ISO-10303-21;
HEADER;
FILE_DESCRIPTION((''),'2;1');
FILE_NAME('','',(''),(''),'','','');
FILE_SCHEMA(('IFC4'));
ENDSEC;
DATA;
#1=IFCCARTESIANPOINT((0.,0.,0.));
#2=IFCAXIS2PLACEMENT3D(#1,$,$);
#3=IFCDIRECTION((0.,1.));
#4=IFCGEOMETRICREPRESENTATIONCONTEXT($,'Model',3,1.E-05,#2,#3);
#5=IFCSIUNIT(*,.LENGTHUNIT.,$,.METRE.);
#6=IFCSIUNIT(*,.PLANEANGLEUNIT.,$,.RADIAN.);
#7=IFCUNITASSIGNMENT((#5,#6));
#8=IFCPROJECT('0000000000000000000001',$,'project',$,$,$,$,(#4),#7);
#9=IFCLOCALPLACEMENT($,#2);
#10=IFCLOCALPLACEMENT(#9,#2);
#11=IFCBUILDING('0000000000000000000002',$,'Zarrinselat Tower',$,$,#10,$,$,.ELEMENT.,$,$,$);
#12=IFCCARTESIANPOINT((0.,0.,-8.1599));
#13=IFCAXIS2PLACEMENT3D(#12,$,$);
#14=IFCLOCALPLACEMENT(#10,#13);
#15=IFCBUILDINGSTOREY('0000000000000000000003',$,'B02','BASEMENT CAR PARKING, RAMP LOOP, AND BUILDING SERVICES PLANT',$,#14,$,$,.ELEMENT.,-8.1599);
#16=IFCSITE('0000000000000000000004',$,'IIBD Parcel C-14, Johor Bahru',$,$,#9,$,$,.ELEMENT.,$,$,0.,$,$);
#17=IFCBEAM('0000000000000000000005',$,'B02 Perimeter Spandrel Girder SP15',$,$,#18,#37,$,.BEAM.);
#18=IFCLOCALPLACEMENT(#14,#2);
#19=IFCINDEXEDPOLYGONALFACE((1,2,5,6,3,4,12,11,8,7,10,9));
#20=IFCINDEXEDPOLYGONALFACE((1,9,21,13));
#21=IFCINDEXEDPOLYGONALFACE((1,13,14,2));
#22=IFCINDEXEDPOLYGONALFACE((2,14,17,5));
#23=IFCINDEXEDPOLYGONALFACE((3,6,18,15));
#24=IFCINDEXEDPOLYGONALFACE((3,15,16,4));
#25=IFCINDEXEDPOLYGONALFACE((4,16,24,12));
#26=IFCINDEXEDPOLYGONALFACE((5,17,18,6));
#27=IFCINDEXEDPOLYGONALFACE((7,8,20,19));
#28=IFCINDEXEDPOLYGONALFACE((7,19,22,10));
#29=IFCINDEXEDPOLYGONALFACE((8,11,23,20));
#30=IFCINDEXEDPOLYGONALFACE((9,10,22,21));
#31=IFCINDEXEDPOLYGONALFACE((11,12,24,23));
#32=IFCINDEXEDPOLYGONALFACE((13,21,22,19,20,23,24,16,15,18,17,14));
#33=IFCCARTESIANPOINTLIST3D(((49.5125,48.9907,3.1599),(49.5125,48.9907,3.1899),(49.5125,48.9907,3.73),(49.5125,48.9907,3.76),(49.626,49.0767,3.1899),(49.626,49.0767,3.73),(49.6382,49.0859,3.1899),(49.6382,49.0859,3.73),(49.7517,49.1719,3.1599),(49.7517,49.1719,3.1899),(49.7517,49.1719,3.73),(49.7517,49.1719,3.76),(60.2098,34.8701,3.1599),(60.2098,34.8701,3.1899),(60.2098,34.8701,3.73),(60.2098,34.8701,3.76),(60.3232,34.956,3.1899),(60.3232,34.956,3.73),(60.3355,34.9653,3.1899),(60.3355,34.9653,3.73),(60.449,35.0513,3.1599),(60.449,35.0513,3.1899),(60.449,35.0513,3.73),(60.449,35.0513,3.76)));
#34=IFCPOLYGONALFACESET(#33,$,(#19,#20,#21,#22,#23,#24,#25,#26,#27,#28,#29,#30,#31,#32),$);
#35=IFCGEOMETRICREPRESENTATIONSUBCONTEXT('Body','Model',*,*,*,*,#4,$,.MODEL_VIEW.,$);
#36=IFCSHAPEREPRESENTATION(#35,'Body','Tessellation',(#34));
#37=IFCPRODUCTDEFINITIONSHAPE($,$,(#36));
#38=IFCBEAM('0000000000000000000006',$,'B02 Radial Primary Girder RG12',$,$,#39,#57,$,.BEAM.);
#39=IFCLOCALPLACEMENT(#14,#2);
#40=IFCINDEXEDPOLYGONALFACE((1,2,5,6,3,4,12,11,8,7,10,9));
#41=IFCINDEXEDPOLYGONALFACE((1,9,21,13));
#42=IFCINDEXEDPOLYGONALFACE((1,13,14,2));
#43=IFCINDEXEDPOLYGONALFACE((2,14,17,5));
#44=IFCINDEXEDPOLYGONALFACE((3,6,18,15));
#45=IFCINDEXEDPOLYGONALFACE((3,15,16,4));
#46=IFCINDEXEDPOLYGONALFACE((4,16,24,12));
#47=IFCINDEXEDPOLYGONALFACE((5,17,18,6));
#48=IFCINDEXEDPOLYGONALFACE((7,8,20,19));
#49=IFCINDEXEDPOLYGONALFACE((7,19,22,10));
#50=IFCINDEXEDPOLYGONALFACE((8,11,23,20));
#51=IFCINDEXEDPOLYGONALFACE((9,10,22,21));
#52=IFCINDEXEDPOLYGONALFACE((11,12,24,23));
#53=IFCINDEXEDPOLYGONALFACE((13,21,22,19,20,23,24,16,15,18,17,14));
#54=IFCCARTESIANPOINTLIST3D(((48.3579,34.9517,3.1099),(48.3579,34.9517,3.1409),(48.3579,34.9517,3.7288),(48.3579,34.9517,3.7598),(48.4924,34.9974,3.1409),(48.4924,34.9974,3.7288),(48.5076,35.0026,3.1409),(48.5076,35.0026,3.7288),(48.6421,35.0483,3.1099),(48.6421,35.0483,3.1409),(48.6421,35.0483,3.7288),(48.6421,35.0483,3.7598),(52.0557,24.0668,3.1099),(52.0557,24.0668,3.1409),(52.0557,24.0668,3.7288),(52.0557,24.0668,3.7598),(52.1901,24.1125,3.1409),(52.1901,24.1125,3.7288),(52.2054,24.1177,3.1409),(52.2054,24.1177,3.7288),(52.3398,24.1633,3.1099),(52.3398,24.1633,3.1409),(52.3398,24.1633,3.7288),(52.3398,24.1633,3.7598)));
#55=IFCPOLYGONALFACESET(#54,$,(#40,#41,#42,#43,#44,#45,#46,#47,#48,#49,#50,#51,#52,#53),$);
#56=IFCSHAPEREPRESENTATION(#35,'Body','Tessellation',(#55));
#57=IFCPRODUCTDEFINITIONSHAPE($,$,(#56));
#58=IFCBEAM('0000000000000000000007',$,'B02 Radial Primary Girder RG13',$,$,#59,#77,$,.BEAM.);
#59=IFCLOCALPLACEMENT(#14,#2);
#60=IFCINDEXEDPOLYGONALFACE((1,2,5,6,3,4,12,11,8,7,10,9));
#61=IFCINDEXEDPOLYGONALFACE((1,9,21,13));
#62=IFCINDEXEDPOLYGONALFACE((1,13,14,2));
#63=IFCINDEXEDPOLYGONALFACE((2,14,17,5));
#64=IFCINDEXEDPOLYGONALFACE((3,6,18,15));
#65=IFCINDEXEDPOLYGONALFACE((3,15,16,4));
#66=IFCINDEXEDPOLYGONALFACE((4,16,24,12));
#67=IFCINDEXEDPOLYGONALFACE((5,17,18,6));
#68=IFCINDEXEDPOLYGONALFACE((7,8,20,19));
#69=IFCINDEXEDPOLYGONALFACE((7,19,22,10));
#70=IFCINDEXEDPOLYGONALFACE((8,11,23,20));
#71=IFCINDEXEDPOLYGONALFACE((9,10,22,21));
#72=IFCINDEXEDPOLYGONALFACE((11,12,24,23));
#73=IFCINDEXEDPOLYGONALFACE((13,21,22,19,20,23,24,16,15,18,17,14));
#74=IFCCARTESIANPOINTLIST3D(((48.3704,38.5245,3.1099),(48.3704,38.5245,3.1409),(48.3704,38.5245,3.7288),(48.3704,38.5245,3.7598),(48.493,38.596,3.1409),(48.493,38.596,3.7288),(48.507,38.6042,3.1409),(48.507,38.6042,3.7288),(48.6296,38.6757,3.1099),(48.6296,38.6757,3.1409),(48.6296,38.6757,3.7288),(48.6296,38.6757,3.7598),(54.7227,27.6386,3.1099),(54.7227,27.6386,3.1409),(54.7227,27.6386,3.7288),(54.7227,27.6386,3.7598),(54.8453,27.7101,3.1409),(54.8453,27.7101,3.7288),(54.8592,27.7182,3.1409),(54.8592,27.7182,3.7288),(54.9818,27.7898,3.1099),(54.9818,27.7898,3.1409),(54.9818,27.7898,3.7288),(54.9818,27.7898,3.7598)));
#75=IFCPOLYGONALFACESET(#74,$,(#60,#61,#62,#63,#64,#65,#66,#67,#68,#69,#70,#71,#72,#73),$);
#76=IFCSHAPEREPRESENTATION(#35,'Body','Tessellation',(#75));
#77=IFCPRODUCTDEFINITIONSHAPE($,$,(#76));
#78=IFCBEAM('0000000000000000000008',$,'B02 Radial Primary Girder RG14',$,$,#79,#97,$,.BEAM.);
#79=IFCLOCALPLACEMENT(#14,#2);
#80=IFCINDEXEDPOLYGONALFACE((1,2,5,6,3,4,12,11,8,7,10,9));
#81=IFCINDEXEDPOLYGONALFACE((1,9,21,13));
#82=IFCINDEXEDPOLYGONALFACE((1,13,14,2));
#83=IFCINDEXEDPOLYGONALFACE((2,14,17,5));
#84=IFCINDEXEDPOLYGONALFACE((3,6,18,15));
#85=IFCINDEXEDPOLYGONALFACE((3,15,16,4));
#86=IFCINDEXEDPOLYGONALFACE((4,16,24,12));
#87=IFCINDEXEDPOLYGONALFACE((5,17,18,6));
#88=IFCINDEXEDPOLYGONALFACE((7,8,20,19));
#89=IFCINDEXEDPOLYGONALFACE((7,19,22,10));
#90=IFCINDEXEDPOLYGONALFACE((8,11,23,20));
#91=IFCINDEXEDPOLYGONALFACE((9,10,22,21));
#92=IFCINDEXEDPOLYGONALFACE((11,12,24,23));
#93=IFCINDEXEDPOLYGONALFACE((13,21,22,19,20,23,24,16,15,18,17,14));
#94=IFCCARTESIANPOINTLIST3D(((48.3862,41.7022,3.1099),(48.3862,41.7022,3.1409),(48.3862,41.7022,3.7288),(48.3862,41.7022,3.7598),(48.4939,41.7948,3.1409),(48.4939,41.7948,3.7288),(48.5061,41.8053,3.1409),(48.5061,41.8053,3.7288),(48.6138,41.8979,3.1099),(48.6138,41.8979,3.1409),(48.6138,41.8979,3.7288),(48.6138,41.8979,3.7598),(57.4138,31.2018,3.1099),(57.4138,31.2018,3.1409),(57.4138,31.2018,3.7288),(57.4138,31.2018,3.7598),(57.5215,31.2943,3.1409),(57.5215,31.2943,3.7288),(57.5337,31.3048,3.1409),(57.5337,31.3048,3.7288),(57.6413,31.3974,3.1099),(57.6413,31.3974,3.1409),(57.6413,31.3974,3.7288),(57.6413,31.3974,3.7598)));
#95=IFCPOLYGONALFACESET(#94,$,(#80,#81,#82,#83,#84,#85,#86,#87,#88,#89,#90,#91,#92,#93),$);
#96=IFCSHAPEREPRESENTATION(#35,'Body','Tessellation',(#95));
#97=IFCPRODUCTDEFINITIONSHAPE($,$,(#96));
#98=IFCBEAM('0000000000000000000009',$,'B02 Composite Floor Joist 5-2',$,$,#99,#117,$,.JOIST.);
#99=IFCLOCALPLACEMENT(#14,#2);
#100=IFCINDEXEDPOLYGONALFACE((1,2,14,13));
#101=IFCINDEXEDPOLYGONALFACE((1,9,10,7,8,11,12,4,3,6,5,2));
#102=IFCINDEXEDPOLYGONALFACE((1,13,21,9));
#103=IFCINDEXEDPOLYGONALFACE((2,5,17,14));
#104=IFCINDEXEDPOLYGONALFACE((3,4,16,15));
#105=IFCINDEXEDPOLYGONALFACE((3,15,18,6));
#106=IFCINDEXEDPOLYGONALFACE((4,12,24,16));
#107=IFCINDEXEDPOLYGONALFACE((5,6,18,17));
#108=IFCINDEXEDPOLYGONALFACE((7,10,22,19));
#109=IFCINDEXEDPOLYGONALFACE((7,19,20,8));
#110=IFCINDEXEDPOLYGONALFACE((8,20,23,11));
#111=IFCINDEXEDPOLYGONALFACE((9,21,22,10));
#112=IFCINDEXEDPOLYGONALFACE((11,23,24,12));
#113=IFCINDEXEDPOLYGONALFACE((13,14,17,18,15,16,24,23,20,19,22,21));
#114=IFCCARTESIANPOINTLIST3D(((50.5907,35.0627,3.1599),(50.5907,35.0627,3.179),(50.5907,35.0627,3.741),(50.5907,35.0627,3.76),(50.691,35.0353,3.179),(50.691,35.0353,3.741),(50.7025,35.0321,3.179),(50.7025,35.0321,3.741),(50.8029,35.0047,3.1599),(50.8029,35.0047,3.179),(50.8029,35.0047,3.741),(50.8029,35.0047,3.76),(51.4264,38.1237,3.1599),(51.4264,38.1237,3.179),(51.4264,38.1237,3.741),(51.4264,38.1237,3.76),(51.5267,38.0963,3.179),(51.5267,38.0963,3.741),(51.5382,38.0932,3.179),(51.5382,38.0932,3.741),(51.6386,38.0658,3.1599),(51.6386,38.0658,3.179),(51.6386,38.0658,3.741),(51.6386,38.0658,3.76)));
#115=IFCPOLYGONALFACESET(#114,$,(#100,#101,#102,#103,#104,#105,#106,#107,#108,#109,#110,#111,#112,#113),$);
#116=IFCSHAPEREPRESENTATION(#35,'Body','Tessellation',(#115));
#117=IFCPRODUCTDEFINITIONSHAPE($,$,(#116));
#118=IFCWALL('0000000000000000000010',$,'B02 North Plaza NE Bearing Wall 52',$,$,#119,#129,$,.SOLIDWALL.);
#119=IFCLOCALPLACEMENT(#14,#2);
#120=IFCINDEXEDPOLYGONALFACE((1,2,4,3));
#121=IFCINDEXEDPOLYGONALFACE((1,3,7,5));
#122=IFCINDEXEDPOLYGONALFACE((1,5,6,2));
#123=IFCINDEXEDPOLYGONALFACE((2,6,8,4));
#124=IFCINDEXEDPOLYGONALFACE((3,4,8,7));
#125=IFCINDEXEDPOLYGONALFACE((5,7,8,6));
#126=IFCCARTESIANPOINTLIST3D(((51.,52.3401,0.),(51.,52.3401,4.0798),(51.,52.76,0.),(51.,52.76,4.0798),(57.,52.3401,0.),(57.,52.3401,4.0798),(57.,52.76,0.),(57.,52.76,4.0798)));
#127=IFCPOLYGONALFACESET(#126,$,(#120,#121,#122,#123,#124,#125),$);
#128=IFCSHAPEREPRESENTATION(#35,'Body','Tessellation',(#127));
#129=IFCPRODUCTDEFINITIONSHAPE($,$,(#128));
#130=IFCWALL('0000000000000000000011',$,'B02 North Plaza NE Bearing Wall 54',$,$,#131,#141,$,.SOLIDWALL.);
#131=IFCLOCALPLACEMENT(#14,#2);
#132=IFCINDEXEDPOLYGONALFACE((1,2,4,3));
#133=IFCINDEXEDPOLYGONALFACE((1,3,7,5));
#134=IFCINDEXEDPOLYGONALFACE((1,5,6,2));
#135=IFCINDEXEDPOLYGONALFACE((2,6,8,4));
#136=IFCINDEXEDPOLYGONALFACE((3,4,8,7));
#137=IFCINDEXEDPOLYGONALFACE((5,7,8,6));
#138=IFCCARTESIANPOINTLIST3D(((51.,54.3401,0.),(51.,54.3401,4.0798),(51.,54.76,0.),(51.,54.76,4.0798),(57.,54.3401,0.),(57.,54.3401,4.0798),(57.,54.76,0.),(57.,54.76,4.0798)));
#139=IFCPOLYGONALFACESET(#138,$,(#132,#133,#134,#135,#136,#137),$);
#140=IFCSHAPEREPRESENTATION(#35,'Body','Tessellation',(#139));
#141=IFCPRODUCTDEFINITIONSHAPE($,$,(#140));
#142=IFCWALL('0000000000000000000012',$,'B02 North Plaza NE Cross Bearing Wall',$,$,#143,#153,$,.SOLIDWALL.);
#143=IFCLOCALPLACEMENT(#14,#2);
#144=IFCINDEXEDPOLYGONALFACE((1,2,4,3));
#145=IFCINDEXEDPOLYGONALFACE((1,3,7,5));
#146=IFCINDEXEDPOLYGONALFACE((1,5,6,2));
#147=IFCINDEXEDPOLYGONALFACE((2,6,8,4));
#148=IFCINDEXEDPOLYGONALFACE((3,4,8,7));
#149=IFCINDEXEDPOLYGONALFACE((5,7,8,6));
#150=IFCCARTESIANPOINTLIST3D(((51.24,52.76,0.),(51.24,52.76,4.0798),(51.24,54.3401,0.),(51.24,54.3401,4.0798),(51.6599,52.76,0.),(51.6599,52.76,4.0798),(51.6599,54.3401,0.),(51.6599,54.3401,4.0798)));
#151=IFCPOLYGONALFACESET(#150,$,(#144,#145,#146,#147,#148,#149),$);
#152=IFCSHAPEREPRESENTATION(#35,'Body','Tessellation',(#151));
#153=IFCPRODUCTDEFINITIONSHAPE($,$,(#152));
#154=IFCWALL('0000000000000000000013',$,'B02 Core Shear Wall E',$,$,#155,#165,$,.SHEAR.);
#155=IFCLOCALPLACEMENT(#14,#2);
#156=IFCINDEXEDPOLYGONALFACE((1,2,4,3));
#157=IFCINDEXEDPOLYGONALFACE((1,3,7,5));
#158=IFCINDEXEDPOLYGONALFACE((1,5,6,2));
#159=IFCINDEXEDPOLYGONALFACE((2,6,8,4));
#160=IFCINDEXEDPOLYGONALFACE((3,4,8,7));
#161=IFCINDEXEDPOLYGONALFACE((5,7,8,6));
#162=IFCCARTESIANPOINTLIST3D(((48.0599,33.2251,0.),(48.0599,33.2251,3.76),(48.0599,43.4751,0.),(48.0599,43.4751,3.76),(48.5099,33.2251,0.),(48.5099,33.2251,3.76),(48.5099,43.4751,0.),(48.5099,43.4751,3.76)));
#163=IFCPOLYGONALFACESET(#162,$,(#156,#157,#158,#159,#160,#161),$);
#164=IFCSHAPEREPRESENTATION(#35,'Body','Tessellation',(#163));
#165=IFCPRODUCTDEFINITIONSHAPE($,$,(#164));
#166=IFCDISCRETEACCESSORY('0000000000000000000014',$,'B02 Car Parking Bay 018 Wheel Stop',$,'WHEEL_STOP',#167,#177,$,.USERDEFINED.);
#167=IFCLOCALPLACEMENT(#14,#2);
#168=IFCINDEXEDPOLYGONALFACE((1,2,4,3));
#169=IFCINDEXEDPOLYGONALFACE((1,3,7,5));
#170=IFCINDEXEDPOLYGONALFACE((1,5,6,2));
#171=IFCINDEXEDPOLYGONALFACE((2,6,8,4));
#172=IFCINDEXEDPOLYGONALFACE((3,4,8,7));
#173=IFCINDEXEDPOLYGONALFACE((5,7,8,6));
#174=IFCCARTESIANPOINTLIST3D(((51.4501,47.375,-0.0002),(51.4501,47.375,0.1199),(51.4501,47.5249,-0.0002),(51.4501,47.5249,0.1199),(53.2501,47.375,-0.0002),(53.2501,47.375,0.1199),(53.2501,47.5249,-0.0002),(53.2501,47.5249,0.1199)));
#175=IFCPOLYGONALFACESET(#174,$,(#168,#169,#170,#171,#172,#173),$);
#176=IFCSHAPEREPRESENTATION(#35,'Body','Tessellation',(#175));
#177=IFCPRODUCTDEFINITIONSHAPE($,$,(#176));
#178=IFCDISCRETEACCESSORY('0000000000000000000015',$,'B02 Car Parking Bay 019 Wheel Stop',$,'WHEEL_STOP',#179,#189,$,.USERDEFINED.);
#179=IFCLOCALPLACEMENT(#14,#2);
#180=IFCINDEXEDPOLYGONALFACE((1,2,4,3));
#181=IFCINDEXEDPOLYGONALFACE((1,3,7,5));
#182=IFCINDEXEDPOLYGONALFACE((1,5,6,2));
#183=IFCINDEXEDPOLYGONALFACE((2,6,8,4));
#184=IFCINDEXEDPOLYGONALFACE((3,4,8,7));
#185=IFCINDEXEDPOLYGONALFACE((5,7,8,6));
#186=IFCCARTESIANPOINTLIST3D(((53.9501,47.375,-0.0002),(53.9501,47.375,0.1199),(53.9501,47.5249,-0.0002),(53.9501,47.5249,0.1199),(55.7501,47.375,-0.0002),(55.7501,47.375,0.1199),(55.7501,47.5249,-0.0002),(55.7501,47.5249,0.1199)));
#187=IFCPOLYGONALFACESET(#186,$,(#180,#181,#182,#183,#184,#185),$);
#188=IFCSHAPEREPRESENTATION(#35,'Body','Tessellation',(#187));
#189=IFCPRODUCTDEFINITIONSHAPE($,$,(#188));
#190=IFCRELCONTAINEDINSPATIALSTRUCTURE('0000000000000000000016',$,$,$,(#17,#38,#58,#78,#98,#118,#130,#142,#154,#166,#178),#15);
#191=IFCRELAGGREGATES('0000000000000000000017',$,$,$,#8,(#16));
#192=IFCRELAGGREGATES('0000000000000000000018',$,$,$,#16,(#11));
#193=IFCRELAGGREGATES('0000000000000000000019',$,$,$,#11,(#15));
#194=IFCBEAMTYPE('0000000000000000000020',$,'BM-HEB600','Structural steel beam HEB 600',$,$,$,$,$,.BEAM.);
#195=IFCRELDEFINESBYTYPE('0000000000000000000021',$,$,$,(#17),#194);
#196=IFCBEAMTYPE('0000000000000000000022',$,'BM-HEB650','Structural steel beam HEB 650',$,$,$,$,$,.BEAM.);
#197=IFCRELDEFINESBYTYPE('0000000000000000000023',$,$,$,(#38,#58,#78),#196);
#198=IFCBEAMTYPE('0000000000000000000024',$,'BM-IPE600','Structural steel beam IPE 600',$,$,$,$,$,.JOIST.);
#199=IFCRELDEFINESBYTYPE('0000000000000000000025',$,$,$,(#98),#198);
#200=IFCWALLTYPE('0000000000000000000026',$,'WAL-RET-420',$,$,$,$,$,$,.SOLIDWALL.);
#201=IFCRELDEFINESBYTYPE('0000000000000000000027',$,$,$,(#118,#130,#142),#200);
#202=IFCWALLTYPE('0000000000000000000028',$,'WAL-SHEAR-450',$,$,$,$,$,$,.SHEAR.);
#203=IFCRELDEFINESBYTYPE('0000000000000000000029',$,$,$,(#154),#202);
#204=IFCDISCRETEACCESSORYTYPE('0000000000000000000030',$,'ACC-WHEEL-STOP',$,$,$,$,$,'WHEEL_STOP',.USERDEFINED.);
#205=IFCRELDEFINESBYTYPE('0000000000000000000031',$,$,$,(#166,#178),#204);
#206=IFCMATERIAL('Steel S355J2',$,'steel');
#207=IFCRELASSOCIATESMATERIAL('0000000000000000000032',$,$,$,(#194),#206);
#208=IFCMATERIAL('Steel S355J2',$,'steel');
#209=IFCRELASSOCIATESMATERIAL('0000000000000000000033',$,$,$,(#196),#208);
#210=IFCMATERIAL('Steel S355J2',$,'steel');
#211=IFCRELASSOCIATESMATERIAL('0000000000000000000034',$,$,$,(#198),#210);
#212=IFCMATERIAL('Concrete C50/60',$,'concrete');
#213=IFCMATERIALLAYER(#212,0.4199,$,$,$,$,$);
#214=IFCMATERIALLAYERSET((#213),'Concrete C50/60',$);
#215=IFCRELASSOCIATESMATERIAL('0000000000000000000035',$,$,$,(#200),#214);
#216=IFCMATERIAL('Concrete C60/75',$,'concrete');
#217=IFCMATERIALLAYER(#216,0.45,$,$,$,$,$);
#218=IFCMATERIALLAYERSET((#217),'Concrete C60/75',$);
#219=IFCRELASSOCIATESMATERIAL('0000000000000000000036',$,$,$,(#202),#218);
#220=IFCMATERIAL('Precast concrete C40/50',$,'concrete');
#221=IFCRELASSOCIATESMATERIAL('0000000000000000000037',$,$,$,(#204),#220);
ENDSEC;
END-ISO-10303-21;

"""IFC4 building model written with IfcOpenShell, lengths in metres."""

from ifc_helpers import new_model, si_unit, direction, frame, frame_2d, origin, origin_2d, place, context, subcontext, project, spatial, rectangle, i_section, extrude, material, layer, layer_set, material_profile, profile_set, type_object, element, save


model = new_model("IFC4")

# Units and contexts
model_context = context("Model", 3, precision=1e-05, world=origin(), true_north=direction((0.0, 1.0)))
body_context = subcontext(model_context, "Body", "Model", "MODEL_VIEW")
ifc_project = project(units=[si_unit("LENGTHUNIT", "METRE"), si_unit("PLANEANGLEUNIT", "RADIAN")], contexts=[model_context])

# Site, building, storey
site_placement = place(None, origin())
site = spatial("IfcSite", under=ifc_project, at=site_placement, Name="IIBD Parcel C-14, Johor Bahru", CompositionType="ELEMENT", RefElevation=0.0)
building_placement = place(site_placement, origin())
building = spatial("IfcBuilding", under=site, at=building_placement, Name="Zarrinselat Tower", CompositionType="ELEMENT")
storey_placement = place(building_placement, frame((0.0, 0.0, -8.1599)))
storey = spatial("IfcBuildingStorey", under=building, at=storey_placement, Name="B02", Description="BASEMENT CAR PARKING, RAMP LOOP, AND BUILDING SERVICES PLANT", CompositionType="ELEMENT", Elevation=-8.1599)

# Beams
ifc_material_1 = material(Name="Steel S355J2", Category="steel")
ifc_material_profile_1 = material_profile(ifc_material_1, i_section(OverallWidth=0.3, OverallDepth=0.6001, WebThickness=0.0154, FlangeThickness=0.03, at=origin_2d()), Name="HEB 600")
ifc_profile_set_1 = profile_set([ifc_material_profile_1], Name="Steel S355J2")
beam_type_1 = type_object("IfcBeamType", Name="BM-HEB600", Description="Structural steel beam HEB 600", PredefinedType="BEAM", material=ifc_profile_set_1)
beam_1_placement = place(storey_placement, frame((49.6321, 49.0813, 3.46), z_axis=(0.603852, -0.797097, 0.0), x_axis=(0.797097, 0.603852, 0.0)))
element("IfcBeam", 1, at=beam_1_placement, inside=storey, type_object=beam_type_1, Name="B02 Perimeter Spandrel Girder SP15", PredefinedType="BEAM", context=body_context, shape_type="SweptSolid", body=[
    extrude(i_section(OverallWidth=0.3, OverallDepth=0.6001, WebThickness=0.0154, FlangeThickness=0.03, at=origin_2d()), origin(), (0.0, 0.0, 1.0), 17.7151),
])
ifc_material_2 = material(Name="Steel S355J2", Category="steel")
ifc_material_profile_2 = material_profile(ifc_material_2, i_section(OverallWidth=0.3, OverallDepth=0.6499, WebThickness=0.0161, FlangeThickness=0.031, at=origin_2d()), Name="HEB 650")
ifc_profile_set_2 = profile_set([ifc_material_profile_2], Name="Steel S355J2")
beam_type_2 = type_object("IfcBeamType", Name="BM-HEB650", Description="Structural steel beam HEB 650", PredefinedType="BEAM", material=ifc_profile_set_2)
beam_2_placement = place(storey_placement, frame((48.5, 35.0, 3.4348), z_axis=(0.321657, -0.946856, 0.0), x_axis=(0.946856, 0.321657, 0.0)))
element("IfcBeam", 2, at=beam_2_placement, inside=storey, type_object=beam_type_2, Name="B02 Radial Primary Girder RG12", PredefinedType="BEAM", context=body_context, shape_type="SweptSolid", body=[
    extrude(i_section(OverallWidth=0.3, OverallDepth=0.6499, WebThickness=0.0161, FlangeThickness=0.031, at=origin_2d()), origin(), (0.0, 0.0, 1.0), 11.4958),
])
beam_3_placement = place(storey_placement, frame((48.5, 38.6001, 3.4348), z_axis=(0.503997, -0.863705, 0.0), x_axis=(0.863705, 0.503997, 0.0)))
element("IfcBeam", 3, at=beam_3_placement, inside=storey, type_object=beam_type_2, Name="B02 Radial Primary Girder RG13", PredefinedType="BEAM", context=body_context, shape_type="SweptSolid", body=[
    extrude(i_section(OverallWidth=0.3, OverallDepth=0.6499, WebThickness=0.0161, FlangeThickness=0.031, at=origin_2d()), origin(), (0.0, 0.0, 1.0), 12.6038),
])
beam_4_placement = place(storey_placement, frame((48.5, 41.8, 3.4348), z_axis=(0.651922, -0.758286, 0.0), x_axis=(0.758286, 0.651922, 0.0)))
element("IfcBeam", 4, at=beam_4_placement, inside=storey, type_object=beam_type_2, Name="B02 Radial Primary Girder RG14", PredefinedType="BEAM", context=body_context, shape_type="SweptSolid", body=[
    extrude(i_section(OverallWidth=0.3, OverallDepth=0.6499, WebThickness=0.0161, FlangeThickness=0.031, at=origin_2d()), origin(), (0.0, 0.0, 1.0), 13.8477),
])
ifc_material_3 = material(Name="Steel S355J2", Category="steel")
ifc_material_profile_3 = material_profile(ifc_material_3, i_section(OverallWidth=0.22, OverallDepth=0.6001, WebThickness=0.012, FlangeThickness=0.019, at=origin_2d()), Name="IPE 600")
ifc_profile_set_3 = profile_set([ifc_material_profile_3], Name="Steel S355J2")
beam_type_3 = type_object("IfcBeamType", Name="BM-IPE600", Description="Structural steel beam IPE 600", PredefinedType="JOIST", material=ifc_profile_set_3)
beam_5_placement = place(storey_placement, frame((50.6968, 35.0337, 3.46), z_axis=(0.263371, 0.964695, 0.0), x_axis=(-0.964695, 0.263371, 0.0)))
element("IfcBeam", 5, at=beam_5_placement, inside=storey, type_object=beam_type_3, Name="B02 Composite Floor Joist 5-2", PredefinedType="JOIST", context=body_context, shape_type="SweptSolid", body=[
    extrude(i_section(OverallWidth=0.22, OverallDepth=0.6001, WebThickness=0.012, FlangeThickness=0.019, at=origin_2d()), origin(), (0.0, 0.0, 1.0), 3.1731),
])

# Walls
ifc_material_4 = material(Name="Concrete C50/60", Category="concrete")
ifc_layer_1 = layer(ifc_material_4, 0.4199)
ifc_layer_set_1 = layer_set([ifc_layer_1], Name="Concrete C50/60")
wall_type_1 = type_object("IfcWallType", Name="WAL-RET-420", PredefinedType="SOLIDWALL", material=ifc_layer_set_1)
for number, where, z_axis, x_axis, name in (
    (6, (51.0, 52.55, 0.0), (0.0, 0.0, 1.0), (1.0, 0.0, 0.0), "B02 North Plaza NE Bearing Wall 52"),
    (7, (51.0, 54.55, 0.0), (0.0, 0.0, 1.0), (1.0, 0.0, 0.0), "B02 North Plaza NE Bearing Wall 54"),
):
    element("IfcWall", number, at=place(storey_placement, frame(where, z_axis=z_axis, x_axis=x_axis)), inside=storey, type_object=wall_type_1, Name=name, PredefinedType="SOLIDWALL", context=body_context, shape_type="SweptSolid", body=[
        extrude(rectangle(XDim=6.0, YDim=0.4199, at=frame_2d((3.0, 0.0))), origin(), (0.0, 0.0, 1.0), 4.0798),
    ])
wall_1_placement = place(storey_placement, frame((51.45, 52.76, 0.0), z_axis=(0.0, 0.0, 1.0), x_axis=(0.0, 1.0, 0.0)))
element("IfcWall", 8, at=wall_1_placement, inside=storey, type_object=wall_type_1, Name="B02 North Plaza NE Cross Bearing Wall", PredefinedType="SOLIDWALL", context=body_context, shape_type="SweptSolid", body=[
    extrude(rectangle(XDim=1.5801, YDim=0.4199, at=frame_2d((0.79, 0.0))), origin(), (0.0, 0.0, 1.0), 4.0798),
])
ifc_material_5 = material(Name="Concrete C60/75", Category="concrete")
ifc_layer_2 = layer(ifc_material_5, 0.45)
ifc_layer_set_2 = layer_set([ifc_layer_2], Name="Concrete C60/75")
wall_type_2 = type_object("IfcWallType", Name="WAL-SHEAR-450", PredefinedType="SHEAR", material=ifc_layer_set_2)
wall_2_placement = place(storey_placement, frame((48.2849, 33.2251, 0.0), z_axis=(0.0, 0.0, 1.0), x_axis=(0.0, 1.0, 0.0)))
element("IfcWall", 9, at=wall_2_placement, inside=storey, type_object=wall_type_2, Name="B02 Core Shear Wall E", PredefinedType="SHEAR", context=body_context, shape_type="SweptSolid", body=[
    extrude(rectangle(XDim=10.25, YDim=0.45, at=frame_2d((5.125, 0.0))), origin(), (0.0, 0.0, 1.0), 3.76),
])

# Discrete accessories
ifc_material_6 = material(Name="Precast concrete C40/50", Category="concrete")
discrete_accessory_type = type_object("IfcDiscreteAccessoryType", Name="ACC-WHEEL-STOP", ElementType="WHEEL_STOP", PredefinedType="USERDEFINED", material=ifc_material_6)
for number, where, z_axis, x_axis, name in (
    (10, (52.3501, 47.45, -0.0002), (0.0, 0.0, 1.0), (1.0, 0.0, 0.0), "B02 Car Parking Bay 018 Wheel Stop"),
    (11, (54.8501, 47.45, -0.0002), (0.0, 0.0, 1.0), (1.0, 0.0, 0.0), "B02 Car Parking Bay 019 Wheel Stop"),
):
    element("IfcDiscreteAccessory", number, at=place(storey_placement, frame(where, z_axis=z_axis, x_axis=x_axis)), inside=storey, type_object=discrete_accessory_type, Name=name, ObjectType="WHEEL_STOP", PredefinedType="USERDEFINED", context=body_context, shape_type="SweptSolid", body=[
        extrude(rectangle(XDim=1.8, YDim=0.1499, at=origin_2d()), origin(), (0.0, 0.0, 1.0), 0.1201),
    ])

save(model, "model.ifc")
